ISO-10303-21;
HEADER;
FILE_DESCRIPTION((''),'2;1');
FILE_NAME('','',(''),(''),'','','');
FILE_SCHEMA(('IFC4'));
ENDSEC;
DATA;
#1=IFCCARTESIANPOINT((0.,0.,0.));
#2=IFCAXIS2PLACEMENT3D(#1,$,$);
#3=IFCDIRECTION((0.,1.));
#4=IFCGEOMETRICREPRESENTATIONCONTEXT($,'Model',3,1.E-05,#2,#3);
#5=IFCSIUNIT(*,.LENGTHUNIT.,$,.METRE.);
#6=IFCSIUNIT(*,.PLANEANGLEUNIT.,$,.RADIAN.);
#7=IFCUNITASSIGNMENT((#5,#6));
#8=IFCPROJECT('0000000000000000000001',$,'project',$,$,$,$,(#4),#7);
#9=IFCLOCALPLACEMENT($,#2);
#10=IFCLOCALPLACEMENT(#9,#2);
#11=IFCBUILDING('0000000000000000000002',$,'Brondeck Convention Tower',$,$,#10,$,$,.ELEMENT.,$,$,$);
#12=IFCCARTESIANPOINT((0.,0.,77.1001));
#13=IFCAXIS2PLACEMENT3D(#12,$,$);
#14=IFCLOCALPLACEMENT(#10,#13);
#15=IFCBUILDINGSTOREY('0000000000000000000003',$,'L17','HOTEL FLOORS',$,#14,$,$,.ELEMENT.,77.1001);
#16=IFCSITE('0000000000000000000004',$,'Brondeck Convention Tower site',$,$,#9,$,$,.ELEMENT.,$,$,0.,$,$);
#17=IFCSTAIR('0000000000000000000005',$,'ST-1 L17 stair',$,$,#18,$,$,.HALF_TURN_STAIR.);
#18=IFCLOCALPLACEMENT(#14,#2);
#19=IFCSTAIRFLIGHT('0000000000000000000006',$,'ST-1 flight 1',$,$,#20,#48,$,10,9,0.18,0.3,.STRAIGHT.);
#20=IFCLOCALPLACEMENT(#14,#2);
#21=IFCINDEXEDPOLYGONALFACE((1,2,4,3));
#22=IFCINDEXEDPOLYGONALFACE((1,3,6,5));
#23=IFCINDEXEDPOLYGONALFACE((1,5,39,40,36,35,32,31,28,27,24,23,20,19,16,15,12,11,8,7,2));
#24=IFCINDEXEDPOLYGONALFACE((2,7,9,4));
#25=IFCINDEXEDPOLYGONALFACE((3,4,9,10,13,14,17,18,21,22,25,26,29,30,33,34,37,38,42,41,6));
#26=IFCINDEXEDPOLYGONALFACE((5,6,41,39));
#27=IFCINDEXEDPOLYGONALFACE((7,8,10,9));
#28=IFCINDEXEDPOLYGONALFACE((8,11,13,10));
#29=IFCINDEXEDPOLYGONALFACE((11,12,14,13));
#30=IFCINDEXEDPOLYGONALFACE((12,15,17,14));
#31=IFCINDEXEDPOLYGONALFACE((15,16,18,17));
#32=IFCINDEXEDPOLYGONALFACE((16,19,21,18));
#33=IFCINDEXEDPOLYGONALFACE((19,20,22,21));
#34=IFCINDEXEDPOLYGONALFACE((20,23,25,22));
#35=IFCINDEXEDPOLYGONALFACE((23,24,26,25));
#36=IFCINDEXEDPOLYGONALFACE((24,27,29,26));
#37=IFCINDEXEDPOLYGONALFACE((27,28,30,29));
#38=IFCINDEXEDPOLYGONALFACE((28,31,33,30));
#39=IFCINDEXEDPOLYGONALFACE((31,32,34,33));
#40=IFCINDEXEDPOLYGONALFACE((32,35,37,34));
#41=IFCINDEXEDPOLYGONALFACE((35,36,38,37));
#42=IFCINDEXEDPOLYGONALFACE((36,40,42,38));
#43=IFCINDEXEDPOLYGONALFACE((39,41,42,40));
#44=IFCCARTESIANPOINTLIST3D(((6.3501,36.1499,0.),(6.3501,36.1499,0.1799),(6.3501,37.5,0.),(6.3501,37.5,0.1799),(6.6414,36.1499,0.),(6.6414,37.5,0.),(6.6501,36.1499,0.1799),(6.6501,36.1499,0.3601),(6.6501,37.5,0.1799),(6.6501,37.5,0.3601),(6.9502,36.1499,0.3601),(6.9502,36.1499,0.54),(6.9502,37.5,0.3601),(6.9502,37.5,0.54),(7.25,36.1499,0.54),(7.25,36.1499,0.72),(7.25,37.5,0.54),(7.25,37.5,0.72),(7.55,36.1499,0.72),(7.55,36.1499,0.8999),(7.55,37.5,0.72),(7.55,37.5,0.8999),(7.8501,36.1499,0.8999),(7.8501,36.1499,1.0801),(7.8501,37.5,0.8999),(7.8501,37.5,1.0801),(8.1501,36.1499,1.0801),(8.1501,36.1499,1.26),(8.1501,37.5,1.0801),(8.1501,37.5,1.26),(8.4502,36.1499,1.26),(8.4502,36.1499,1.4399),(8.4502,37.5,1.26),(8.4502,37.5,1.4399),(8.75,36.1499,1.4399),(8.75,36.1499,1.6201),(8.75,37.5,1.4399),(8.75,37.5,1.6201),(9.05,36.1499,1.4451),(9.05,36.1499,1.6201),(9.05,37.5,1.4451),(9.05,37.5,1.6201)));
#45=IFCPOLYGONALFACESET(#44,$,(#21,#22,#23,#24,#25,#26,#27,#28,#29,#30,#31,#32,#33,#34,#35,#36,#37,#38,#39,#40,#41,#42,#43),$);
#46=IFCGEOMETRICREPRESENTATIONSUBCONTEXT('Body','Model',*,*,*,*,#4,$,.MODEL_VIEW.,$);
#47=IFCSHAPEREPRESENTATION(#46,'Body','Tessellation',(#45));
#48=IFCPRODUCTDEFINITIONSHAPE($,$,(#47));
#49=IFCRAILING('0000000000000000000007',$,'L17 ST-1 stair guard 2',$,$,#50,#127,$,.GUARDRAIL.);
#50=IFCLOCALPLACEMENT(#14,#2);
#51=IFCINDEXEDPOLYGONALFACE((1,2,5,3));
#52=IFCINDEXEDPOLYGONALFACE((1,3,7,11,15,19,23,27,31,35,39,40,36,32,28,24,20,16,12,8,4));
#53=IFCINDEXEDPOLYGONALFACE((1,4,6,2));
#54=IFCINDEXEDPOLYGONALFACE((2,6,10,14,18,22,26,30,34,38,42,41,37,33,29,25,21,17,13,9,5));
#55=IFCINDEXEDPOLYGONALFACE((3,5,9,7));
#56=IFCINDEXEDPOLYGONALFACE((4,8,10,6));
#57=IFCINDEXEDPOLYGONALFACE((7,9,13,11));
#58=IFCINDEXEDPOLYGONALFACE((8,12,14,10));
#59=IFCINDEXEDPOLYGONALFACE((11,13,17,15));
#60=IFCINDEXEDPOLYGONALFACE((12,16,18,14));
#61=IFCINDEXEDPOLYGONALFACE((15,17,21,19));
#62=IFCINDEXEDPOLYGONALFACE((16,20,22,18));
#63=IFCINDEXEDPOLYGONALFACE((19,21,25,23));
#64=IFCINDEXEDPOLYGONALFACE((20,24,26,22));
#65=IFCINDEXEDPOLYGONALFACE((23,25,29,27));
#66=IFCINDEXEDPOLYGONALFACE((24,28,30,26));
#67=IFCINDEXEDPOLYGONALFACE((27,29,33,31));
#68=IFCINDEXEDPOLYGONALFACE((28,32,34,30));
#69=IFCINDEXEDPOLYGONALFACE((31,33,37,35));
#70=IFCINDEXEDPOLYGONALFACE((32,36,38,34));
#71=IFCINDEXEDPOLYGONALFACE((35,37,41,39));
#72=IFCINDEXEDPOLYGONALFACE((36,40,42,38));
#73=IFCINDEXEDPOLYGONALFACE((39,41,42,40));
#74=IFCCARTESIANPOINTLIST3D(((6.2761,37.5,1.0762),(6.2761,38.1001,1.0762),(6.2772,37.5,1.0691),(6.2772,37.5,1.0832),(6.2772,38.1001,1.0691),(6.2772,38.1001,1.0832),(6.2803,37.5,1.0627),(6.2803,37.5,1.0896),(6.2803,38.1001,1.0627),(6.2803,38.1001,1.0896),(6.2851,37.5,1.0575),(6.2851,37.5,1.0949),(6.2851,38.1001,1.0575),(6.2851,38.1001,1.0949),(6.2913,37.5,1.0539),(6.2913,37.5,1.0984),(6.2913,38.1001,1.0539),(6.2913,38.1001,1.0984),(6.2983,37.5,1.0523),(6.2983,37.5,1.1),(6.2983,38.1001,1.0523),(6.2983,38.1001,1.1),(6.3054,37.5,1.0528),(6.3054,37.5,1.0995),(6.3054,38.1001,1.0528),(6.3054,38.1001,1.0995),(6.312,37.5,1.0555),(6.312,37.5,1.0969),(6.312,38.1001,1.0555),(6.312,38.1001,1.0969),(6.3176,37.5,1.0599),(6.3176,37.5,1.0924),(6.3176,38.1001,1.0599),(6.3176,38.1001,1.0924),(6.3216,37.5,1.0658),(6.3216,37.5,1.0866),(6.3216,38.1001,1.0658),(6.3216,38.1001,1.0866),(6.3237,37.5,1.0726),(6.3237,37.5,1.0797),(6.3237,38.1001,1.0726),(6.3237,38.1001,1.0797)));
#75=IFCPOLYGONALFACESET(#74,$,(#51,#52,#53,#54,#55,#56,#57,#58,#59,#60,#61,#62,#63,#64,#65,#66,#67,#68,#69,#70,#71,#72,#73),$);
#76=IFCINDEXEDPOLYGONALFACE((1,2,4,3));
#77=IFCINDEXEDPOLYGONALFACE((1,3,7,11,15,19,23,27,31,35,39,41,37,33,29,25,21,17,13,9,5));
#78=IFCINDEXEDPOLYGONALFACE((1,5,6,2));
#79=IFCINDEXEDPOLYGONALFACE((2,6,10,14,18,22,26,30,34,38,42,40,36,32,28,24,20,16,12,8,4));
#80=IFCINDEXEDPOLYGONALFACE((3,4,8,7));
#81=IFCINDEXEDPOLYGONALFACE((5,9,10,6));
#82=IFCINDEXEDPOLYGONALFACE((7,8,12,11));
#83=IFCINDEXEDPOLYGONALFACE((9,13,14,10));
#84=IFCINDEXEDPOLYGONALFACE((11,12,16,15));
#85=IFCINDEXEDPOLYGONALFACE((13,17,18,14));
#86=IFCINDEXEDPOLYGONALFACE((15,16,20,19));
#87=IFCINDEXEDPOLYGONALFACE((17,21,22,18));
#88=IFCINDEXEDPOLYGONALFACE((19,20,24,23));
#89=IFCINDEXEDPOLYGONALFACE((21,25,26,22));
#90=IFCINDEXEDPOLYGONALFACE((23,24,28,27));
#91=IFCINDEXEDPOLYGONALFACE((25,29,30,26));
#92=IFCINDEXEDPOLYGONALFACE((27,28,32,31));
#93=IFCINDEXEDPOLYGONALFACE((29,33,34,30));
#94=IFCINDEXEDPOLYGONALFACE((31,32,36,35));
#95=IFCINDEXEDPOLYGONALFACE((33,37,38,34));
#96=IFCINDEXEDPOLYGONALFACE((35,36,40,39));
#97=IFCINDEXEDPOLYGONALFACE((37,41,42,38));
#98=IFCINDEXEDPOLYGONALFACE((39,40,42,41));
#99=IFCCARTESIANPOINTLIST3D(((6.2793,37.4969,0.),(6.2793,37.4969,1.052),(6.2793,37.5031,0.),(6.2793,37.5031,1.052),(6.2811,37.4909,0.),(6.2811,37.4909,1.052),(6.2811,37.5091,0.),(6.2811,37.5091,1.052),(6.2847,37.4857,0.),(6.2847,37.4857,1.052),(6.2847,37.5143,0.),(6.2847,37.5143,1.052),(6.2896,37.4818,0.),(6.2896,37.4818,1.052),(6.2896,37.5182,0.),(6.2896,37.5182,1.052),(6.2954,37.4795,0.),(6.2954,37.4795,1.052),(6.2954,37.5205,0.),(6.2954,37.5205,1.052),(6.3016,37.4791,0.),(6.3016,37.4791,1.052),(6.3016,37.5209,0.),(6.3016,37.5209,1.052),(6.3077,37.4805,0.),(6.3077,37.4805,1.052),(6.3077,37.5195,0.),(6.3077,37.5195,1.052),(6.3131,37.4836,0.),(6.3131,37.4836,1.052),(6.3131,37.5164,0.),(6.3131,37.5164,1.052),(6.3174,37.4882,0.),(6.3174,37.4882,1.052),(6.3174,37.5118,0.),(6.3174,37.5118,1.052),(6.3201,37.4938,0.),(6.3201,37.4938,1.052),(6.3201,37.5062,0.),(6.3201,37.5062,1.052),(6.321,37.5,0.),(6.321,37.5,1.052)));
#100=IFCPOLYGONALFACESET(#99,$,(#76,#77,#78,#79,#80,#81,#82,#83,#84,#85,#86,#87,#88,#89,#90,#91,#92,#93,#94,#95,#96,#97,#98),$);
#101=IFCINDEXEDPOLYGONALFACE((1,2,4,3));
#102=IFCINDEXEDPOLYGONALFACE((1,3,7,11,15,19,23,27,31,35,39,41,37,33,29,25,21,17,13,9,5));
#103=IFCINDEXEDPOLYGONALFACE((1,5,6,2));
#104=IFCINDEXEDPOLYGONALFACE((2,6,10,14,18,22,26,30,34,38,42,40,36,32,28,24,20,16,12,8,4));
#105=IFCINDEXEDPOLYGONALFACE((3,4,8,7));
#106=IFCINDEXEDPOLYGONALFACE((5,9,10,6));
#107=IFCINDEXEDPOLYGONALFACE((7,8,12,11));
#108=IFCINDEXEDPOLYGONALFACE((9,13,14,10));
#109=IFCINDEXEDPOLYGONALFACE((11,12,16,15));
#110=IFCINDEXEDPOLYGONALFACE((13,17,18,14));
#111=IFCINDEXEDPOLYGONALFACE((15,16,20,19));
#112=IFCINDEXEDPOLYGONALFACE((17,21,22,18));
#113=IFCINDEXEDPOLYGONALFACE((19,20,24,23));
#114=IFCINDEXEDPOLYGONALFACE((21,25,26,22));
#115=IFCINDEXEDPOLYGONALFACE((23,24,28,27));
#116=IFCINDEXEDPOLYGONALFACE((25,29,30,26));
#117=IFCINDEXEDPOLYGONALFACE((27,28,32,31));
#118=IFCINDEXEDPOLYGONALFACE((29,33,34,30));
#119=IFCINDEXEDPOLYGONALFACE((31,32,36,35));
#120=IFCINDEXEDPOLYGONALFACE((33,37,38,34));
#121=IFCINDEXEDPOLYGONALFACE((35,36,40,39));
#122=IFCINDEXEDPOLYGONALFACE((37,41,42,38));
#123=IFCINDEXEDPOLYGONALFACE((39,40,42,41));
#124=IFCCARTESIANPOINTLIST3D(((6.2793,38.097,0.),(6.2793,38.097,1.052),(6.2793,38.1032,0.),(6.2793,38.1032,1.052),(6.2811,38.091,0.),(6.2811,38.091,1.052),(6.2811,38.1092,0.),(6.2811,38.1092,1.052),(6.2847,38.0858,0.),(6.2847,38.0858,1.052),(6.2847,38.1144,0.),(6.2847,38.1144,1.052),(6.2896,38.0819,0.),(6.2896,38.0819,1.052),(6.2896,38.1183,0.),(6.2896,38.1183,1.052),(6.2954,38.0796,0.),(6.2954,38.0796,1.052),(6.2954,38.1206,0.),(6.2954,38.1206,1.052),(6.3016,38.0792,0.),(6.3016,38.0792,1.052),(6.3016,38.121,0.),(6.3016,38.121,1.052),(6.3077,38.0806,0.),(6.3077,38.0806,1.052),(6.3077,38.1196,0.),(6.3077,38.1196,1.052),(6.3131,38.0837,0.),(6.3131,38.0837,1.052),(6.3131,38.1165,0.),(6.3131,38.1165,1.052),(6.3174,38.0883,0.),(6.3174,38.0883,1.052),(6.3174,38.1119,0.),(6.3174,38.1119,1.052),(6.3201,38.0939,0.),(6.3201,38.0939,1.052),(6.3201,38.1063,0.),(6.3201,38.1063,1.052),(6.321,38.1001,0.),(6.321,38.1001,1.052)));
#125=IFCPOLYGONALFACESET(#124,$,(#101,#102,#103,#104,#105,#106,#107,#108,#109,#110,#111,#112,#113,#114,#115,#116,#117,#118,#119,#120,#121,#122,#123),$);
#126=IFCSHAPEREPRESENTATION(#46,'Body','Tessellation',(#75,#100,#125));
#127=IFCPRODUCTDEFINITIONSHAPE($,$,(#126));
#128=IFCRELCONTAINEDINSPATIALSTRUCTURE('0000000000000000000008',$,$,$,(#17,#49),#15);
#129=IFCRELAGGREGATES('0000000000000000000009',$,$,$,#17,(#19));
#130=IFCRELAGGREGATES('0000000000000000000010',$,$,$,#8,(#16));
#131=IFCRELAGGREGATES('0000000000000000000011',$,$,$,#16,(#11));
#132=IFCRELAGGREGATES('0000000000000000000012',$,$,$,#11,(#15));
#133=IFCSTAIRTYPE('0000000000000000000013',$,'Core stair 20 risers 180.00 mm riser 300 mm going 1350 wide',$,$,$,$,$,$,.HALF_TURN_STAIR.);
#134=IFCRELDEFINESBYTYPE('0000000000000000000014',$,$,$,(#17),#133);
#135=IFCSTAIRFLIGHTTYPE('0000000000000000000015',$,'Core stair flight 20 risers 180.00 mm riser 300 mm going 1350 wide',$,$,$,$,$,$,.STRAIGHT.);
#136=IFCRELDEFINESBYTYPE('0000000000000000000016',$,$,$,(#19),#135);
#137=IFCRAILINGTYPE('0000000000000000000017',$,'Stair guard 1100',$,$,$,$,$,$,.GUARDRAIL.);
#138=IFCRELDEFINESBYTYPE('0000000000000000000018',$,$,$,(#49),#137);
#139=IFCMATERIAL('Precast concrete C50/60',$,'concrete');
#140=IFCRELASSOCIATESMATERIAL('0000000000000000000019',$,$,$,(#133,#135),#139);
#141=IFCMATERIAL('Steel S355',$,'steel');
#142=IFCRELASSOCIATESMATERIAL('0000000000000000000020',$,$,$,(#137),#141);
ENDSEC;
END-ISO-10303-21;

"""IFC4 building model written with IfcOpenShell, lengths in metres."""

from ifc_helpers import new_model, si_unit, direction, frame, origin, origin_2d, place, context, subcontext, project, spatial, polyline, circle, outline, extrude, material, type_object, element, aggregate, save


model = new_model("IFC4")

# Units and contexts
model_context = context("Model", 3, precision=1e-05, world=origin(), true_north=direction((0.0, 1.0)))
body_context = subcontext(model_context, "Body", "Model", "MODEL_VIEW")
ifc_project = project(units=[si_unit("LENGTHUNIT", "METRE"), si_unit("PLANEANGLEUNIT", "RADIAN")], contexts=[model_context])

# Site, building, storey
site_placement = place(None, origin())
site = spatial("IfcSite", under=ifc_project, at=site_placement, Name="Brondeck Convention Tower site", CompositionType="ELEMENT", RefElevation=0.0)
building_placement = place(site_placement, origin())
building = spatial("IfcBuilding", under=site, at=building_placement, Name="Brondeck Convention Tower", CompositionType="ELEMENT")
storey_placement = place(building_placement, frame((0.0, 0.0, 77.1001)))
storey = spatial("IfcBuildingStorey", under=building, at=storey_placement, Name="L17", Description="HOTEL FLOORS", CompositionType="ELEMENT", Elevation=77.1001)

# Stair, stair flight
ifc_material_1 = material(Name="Precast concrete C50/60", Category="concrete")
stair_type = type_object("IfcStairType", Name="Core stair 20 risers 180.00 mm riser 300 mm going 1350 wide", PredefinedType="HALF_TURN_STAIR", material=ifc_material_1)
stair_placement = place(storey_placement, origin())
stair = element("IfcStair", 1, at=stair_placement, inside=storey, type_object=stair_type, Name="ST-1 L17 stair", PredefinedType="HALF_TURN_STAIR")
stair_flight_type = type_object("IfcStairFlightType", Name="Core stair flight 20 risers 180.00 mm riser 300 mm going 1350 wide", PredefinedType="STRAIGHT", material=ifc_material_1)
stair_flight_placement = place(storey_placement, frame((6.3501, 36.825, 0.0), z_axis=(0.0, 0.0, 1.0), x_axis=(1.0, 0.0, 0.0)))
stair_flight = element("IfcStairFlight", 2, at=stair_flight_placement, type_object=stair_flight_type, Name="ST-1 flight 1", NumberOfRisers=10, NumberOfTreads=9, PredefinedType="STRAIGHT", RiserHeight=0.18, TreadLength=0.3, context=body_context, shape_type="SweptSolid", body=[
    extrude(outline(polyline([(0.0, 0.0), (0.0, 0.1799), (0.3, 0.1799), (0.3, 0.3601), (0.6001, 0.3601), (0.6001, 0.54), (0.8999, 0.54), (0.8999, 0.72), (1.2, 0.72), (1.2, 0.8999), (1.5, 0.8999), (1.5, 1.0801), (1.8, 1.0801), (1.8, 1.26), (2.1001, 1.26), (2.1001, 1.4399), (2.3999, 1.4399), (2.3999, 1.6201), (2.7, 1.6201), (2.7, 1.8), (2.7, 1.4451), (0.2913, 0.0), (0.0, 0.0)])), frame((0.0, 0.675, 0.0), z_axis=(0.0, -1.0, 0.0), x_axis=(1.0, 0.0, 0.0)), (0.0, 0.0, 1.0), 1.3501),
])
aggregate(stair, [stair_flight])

# Railing
ifc_material_2 = material(Name="Steel S355", Category="steel")
railing_type_1 = type_object("IfcRailingType", Name="Stair guard 1100", PredefinedType="GUARDRAIL", material=ifc_material_2)
railing_1_placement = place(storey_placement, frame((6.3, 37.5, 0.0)))
element("IfcRailing", 3, at=railing_1_placement, inside=storey, type_object=railing_type_1, Name="L17 ST-1 stair guard 2", PredefinedType="GUARDRAIL", context=body_context, shape_type="SweptSolid", body=[
    extrude(circle(Radius=0.0239, at=origin_2d()), frame((0.0, 0.0, 1.0762), z_axis=(0.0, 1.0, 0.0), x_axis=(-1.0, 0.0, 0.0)), (0.0, 0.0, 1.0), 0.6001),
    extrude(circle(Radius=0.021, at=origin_2d()), origin(), (0.0, 0.0, 1.0), 1.052),
    extrude(circle(Radius=0.021, at=origin_2d()), frame((0.0, 0.6001, 0.0)), (0.0, 0.0, 1.0), 1.052),
])

save(model, "model.ifc")
